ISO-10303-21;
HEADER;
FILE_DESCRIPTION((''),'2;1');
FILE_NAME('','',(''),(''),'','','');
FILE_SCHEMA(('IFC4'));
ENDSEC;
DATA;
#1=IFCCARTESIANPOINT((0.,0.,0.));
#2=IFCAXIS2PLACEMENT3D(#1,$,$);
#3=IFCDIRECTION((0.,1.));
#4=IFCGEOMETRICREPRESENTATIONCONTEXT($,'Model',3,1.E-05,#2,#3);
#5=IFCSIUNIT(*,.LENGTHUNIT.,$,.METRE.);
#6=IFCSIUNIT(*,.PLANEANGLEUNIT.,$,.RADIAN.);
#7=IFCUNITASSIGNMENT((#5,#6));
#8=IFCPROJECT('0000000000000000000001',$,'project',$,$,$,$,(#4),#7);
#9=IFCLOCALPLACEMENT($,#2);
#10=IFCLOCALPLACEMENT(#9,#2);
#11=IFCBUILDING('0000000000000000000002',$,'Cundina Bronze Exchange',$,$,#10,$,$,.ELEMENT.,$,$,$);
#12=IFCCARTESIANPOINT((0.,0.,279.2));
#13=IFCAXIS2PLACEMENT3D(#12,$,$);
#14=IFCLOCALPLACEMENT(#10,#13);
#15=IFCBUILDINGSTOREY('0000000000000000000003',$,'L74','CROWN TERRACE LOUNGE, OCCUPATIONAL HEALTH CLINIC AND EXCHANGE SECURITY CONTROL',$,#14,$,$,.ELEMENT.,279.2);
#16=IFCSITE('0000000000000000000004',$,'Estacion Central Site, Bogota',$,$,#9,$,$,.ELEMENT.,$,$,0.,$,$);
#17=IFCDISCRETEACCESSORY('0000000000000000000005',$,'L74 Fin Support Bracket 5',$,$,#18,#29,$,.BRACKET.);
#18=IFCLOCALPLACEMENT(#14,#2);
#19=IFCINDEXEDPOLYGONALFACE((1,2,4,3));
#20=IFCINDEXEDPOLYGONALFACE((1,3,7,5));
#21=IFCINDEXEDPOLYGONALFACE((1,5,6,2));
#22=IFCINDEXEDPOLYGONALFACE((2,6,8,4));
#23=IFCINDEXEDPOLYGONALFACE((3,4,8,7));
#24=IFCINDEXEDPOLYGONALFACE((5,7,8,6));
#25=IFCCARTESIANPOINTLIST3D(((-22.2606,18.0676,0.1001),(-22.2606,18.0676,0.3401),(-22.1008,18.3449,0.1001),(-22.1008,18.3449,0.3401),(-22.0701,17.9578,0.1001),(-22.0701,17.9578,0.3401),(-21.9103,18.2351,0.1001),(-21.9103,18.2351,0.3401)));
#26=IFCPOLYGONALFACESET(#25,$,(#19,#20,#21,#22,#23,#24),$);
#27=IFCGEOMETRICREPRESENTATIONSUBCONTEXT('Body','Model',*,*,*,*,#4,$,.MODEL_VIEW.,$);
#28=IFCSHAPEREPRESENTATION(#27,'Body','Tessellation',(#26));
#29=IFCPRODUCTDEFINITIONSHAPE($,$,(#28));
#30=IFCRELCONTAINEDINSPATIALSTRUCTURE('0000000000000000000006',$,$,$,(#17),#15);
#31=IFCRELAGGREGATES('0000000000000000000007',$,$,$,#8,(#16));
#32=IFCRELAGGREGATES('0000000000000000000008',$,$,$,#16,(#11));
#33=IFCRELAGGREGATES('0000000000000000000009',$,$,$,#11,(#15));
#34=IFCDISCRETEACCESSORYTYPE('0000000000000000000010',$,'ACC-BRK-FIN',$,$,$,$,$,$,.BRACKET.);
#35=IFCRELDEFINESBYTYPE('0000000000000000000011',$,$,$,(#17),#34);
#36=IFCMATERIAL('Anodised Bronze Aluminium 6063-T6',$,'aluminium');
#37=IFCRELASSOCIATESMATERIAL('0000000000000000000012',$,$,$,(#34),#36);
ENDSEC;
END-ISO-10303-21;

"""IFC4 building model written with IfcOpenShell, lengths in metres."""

from ifc_helpers import new_model, si_unit, direction, frame, origin, origin_2d, place, context, subcontext, project, spatial, rectangle, extrude, material, type_object, element, save


model = new_model("IFC4")

# Units and contexts
model_context = context("Model", 3, precision=1e-05, world=origin(), true_north=direction((0.0, 1.0)))
body_context = subcontext(model_context, "Body", "Model", "MODEL_VIEW")
ifc_project = project(units=[si_unit("LENGTHUNIT", "METRE"), si_unit("PLANEANGLEUNIT", "RADIAN")], contexts=[model_context])

# Site, building, storey
site_placement = place(None, origin())
site = spatial("IfcSite", under=ifc_project, at=site_placement, Name="Estacion Central Site, Bogota", CompositionType="ELEMENT", RefElevation=0.0)
building_placement = place(site_placement, origin())
building = spatial("IfcBuilding", under=site, at=building_placement, Name="Cundina Bronze Exchange", CompositionType="ELEMENT")
storey_placement = place(building_placement, frame((0.0, 0.0, 279.2)))
storey = spatial("IfcBuildingStorey", under=building, at=storey_placement, Name="L74", Description="CROWN TERRACE LOUNGE, OCCUPATIONAL HEALTH CLINIC AND EXCHANGE SECURITY CONTROL", CompositionType="ELEMENT", Elevation=279.2)

# Shared definitions
ifc_material_1 = material(Name="Anodised Bronze Aluminium 6063-T6", Category="aluminium")

# Discrete accessory
discrete_accessory_type = type_object("IfcDiscreteAccessoryType", Name="ACC-BRK-FIN", PredefinedType="BRACKET", material=ifc_material_1)
discrete_accessory_placement = place(storey_placement, frame((-22.0854, 18.1514, 0.1001), z_axis=(0.0, 0.0, 1.0), x_axis=(-0.866453, 0.499259, 0.0)))
element("IfcDiscreteAccessory", 1, at=discrete_accessory_placement, inside=storey, type_object=discrete_accessory_type, Name="L74 Fin Support Bracket 5", PredefinedType="BRACKET", context=body_context, shape_type="SweptSolid", body=[
    extrude(rectangle(XDim=0.22, YDim=0.3201, at=origin_2d()), origin(), (0.0, 0.0, 1.0), 0.24),
])

save(model, "model.ifc")
